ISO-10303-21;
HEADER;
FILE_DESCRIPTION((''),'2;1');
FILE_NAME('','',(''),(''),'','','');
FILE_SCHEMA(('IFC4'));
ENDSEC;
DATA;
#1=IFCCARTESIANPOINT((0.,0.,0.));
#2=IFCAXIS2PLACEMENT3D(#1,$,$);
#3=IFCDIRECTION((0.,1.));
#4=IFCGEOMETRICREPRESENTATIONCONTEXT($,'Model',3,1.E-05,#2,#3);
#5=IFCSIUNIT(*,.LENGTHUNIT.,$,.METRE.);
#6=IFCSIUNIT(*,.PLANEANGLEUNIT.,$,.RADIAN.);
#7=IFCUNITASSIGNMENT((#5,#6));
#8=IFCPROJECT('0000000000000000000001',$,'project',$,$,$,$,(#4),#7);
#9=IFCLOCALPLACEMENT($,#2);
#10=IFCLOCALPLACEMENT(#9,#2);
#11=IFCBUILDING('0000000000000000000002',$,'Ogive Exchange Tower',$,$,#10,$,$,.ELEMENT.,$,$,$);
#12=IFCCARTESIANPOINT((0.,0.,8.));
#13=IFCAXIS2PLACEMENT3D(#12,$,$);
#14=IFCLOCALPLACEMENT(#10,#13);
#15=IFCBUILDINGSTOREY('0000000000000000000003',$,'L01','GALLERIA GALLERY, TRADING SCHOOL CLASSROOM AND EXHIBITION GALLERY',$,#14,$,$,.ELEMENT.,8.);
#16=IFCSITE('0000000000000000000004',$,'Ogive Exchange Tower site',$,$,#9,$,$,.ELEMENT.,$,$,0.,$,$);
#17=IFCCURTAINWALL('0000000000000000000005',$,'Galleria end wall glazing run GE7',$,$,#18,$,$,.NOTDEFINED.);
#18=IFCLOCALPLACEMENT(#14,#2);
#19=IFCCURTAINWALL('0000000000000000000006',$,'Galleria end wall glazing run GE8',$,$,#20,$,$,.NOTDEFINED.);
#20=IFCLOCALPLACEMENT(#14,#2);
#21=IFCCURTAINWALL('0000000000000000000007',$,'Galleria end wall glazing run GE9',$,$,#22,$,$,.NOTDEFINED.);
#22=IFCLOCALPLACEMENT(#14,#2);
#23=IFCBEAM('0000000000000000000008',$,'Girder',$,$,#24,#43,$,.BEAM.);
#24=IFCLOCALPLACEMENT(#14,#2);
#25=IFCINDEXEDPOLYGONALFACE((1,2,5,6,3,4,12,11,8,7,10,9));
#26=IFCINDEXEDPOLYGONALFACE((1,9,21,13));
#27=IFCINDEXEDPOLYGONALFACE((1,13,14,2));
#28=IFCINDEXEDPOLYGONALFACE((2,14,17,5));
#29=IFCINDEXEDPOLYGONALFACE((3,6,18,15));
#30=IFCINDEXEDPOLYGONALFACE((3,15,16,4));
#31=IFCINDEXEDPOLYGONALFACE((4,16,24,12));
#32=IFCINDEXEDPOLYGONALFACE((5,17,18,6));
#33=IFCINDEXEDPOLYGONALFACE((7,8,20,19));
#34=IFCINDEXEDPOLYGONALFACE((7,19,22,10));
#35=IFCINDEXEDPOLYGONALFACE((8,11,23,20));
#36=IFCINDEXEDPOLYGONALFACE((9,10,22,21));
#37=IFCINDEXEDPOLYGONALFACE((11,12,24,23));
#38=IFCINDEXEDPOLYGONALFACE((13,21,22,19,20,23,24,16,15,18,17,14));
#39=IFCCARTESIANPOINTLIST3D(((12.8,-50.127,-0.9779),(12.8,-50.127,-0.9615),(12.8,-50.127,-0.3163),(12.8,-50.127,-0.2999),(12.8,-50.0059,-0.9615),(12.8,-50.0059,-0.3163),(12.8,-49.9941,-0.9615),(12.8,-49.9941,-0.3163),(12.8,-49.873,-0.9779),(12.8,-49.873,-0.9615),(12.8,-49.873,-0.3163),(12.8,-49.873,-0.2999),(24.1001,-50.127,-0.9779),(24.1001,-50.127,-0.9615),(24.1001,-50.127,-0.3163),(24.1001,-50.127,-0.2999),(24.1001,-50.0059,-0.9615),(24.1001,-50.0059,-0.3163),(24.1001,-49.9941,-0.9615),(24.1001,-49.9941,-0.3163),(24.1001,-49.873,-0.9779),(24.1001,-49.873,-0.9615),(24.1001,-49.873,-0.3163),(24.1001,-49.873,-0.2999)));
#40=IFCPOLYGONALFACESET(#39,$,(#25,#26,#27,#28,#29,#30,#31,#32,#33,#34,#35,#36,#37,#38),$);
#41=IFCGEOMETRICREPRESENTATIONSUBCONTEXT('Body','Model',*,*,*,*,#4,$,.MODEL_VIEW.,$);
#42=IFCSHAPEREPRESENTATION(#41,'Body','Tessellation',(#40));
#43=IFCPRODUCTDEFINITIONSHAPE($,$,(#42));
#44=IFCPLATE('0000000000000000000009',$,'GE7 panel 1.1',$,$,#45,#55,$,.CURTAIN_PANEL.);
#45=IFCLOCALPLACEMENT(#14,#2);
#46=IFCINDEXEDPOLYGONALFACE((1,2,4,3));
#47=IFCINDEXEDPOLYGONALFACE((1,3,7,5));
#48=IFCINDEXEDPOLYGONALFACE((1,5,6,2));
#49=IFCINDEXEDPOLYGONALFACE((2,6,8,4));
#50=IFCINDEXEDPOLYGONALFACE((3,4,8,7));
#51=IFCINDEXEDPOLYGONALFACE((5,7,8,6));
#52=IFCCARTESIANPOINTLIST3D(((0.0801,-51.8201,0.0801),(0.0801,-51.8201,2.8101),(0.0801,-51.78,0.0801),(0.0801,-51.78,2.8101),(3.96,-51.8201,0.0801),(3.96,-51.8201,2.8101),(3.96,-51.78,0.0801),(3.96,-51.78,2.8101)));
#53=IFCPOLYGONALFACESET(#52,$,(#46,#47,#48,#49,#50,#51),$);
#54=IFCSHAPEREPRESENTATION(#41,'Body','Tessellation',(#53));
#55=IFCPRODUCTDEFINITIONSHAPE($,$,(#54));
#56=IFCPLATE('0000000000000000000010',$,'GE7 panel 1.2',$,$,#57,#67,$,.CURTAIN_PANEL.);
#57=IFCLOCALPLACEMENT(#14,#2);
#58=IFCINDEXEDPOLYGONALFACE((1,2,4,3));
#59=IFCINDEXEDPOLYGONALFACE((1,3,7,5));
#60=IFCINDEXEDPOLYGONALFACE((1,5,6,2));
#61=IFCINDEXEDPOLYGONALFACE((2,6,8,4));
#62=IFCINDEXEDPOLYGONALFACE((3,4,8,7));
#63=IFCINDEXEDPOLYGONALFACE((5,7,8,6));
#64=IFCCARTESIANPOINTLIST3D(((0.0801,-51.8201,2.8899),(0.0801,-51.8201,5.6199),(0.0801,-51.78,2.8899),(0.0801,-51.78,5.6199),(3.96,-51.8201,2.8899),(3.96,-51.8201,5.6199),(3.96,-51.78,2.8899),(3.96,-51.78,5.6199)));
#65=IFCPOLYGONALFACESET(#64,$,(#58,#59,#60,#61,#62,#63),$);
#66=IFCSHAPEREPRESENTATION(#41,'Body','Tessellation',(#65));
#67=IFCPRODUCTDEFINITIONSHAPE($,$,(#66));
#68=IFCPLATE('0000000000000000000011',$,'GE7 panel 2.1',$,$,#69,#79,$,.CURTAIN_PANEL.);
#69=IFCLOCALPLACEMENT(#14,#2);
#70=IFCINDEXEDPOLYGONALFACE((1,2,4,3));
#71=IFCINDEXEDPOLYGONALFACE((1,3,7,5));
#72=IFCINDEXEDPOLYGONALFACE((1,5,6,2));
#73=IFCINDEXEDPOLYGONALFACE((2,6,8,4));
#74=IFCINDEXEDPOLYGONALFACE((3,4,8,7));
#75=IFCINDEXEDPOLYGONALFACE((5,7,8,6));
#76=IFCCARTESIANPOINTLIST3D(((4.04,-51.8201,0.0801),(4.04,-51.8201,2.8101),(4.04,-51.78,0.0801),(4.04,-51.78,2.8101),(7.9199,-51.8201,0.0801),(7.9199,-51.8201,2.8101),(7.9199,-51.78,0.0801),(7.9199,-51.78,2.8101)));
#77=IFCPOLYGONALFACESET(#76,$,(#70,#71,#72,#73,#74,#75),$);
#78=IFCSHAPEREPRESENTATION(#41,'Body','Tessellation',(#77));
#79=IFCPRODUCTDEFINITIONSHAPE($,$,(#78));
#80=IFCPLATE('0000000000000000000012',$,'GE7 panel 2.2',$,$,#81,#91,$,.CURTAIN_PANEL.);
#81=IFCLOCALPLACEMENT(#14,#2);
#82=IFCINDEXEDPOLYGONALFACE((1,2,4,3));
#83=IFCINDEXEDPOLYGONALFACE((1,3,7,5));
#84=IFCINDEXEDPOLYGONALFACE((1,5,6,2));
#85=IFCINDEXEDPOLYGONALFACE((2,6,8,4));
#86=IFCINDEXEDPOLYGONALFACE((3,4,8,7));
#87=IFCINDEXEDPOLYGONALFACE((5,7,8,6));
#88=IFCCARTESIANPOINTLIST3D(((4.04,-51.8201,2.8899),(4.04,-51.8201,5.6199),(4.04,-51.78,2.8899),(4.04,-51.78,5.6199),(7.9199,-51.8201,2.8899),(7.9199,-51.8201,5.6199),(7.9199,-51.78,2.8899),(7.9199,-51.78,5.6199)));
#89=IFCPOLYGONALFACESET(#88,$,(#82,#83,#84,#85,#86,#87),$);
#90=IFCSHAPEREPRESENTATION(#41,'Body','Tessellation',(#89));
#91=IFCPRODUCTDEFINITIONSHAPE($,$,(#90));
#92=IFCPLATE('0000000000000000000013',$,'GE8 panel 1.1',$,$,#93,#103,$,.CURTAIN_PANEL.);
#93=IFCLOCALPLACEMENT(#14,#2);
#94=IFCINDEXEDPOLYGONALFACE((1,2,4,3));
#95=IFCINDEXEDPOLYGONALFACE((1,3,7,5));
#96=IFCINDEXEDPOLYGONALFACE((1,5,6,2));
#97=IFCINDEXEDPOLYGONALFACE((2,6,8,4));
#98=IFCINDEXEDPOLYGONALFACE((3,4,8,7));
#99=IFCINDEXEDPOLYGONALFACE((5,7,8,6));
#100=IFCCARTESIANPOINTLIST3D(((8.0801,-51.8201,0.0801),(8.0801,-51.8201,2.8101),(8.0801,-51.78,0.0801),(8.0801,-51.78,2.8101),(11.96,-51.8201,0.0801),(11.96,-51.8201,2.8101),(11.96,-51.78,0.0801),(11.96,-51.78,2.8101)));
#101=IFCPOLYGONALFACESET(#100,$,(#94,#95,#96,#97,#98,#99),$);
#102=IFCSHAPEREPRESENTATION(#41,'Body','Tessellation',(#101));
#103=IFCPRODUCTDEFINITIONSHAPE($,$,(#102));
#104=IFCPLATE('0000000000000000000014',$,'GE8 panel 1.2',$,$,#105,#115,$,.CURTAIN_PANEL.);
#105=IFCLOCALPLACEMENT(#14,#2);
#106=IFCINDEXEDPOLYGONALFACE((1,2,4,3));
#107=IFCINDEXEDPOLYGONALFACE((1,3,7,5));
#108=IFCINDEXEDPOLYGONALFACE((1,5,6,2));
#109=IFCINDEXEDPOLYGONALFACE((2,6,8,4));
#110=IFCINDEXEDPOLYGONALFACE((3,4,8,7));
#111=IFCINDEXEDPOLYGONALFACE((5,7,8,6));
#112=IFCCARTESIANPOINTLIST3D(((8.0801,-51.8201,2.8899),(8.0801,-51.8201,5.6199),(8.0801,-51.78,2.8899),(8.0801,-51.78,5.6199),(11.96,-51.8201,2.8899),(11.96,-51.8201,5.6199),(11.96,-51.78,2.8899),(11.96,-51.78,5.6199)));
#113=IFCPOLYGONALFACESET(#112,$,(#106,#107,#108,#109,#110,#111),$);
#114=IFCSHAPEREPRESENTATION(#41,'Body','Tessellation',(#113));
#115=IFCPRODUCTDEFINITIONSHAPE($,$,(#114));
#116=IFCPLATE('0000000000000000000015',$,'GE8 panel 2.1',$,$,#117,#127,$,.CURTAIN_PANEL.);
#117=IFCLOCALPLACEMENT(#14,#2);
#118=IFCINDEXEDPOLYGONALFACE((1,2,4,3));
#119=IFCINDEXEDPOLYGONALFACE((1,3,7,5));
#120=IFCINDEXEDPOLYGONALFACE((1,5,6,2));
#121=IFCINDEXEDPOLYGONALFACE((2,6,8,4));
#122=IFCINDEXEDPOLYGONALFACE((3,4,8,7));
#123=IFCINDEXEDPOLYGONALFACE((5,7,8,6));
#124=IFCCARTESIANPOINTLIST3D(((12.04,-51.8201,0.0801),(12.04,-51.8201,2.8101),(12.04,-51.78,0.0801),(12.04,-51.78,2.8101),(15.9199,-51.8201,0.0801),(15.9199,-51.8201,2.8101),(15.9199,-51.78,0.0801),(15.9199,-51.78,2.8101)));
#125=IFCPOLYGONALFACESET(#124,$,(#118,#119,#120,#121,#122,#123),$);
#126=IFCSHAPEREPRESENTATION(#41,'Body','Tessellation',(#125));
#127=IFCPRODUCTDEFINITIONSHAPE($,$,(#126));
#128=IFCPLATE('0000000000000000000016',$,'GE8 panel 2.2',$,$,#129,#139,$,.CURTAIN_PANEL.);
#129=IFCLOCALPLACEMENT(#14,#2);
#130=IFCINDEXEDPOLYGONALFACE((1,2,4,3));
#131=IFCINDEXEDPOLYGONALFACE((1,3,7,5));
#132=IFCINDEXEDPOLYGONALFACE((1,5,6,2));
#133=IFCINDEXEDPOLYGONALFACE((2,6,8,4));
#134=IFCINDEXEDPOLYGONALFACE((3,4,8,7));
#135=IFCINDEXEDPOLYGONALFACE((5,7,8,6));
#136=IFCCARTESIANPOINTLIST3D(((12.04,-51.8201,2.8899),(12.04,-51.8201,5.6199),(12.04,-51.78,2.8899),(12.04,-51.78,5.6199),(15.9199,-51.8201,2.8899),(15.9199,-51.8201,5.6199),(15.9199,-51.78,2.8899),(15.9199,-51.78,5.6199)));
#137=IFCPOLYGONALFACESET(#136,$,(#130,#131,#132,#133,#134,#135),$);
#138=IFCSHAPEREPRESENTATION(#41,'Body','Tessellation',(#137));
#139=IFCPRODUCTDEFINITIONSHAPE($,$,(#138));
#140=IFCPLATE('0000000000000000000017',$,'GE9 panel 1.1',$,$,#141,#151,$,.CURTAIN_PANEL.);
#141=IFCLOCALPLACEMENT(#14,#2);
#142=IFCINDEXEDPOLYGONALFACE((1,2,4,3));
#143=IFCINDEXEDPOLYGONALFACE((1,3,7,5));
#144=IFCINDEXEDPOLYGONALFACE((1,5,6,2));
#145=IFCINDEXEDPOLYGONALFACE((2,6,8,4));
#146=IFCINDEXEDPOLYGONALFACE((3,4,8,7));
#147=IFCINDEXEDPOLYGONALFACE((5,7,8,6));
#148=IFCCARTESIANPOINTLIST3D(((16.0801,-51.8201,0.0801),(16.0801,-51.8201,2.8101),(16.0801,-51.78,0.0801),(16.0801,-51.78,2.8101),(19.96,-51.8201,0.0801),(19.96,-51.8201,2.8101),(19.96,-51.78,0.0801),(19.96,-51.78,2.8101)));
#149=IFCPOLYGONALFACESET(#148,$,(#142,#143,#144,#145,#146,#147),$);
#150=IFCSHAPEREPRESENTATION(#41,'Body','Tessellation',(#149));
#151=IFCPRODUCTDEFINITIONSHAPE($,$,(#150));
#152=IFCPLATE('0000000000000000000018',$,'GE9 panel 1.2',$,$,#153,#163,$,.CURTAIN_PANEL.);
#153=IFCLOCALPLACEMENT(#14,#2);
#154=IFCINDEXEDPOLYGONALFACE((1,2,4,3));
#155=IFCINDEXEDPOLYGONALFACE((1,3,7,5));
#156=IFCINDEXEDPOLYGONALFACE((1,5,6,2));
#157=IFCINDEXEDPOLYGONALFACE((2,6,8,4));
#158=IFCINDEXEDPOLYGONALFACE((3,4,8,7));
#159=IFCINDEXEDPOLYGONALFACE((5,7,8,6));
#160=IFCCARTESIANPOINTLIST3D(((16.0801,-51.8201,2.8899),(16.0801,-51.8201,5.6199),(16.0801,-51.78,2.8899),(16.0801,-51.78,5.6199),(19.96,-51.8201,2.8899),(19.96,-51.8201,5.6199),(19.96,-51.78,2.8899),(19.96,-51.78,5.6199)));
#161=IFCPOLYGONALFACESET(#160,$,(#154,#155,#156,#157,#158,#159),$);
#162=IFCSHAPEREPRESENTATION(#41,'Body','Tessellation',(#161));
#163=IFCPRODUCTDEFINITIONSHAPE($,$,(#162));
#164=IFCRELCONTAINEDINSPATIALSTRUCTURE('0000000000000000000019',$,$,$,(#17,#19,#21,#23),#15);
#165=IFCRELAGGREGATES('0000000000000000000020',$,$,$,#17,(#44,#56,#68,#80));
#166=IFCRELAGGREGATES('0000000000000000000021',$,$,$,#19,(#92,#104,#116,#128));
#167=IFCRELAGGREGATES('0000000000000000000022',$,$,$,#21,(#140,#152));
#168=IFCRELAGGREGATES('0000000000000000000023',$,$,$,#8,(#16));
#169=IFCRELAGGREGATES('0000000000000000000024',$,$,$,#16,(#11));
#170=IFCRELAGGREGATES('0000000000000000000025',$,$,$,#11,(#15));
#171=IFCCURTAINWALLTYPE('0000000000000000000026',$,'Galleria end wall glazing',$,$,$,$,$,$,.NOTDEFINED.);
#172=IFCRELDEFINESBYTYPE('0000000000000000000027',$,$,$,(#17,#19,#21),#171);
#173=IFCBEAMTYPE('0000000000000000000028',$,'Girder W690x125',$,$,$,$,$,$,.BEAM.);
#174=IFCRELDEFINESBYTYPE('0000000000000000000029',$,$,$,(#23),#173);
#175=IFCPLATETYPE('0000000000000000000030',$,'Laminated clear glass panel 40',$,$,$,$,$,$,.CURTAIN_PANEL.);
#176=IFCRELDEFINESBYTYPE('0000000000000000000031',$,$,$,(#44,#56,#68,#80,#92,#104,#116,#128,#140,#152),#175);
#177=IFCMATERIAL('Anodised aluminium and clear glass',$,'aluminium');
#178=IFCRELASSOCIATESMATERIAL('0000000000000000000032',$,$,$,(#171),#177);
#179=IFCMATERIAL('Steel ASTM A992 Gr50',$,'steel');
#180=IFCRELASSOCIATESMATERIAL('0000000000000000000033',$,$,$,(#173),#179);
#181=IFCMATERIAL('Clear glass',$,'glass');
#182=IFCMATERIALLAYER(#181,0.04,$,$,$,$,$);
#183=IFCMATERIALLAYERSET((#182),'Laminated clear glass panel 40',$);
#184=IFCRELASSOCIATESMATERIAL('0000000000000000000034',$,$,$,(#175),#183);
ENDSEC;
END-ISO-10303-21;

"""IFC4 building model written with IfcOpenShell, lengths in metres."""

from ifc_helpers import new_model, si_unit, direction, frame, origin, origin_2d, place, context, subcontext, project, spatial, rectangle, i_section, extrude, material, layer, layer_set, material_profile, profile_set, type_object, element, aggregate, save


model = new_model("IFC4")

# Units and contexts
model_context = context("Model", 3, precision=1e-05, world=origin(), true_north=direction((0.0, 1.0)))
body_context = subcontext(model_context, "Body", "Model", "MODEL_VIEW")
ifc_project = project(units=[si_unit("LENGTHUNIT", "METRE"), si_unit("PLANEANGLEUNIT", "RADIAN")], contexts=[model_context])

# Site, building, storey
site_placement = place(None, origin())
site = spatial("IfcSite", under=ifc_project, at=site_placement, Name="Ogive Exchange Tower site", CompositionType="ELEMENT", RefElevation=0.0)
building_placement = place(site_placement, origin())
building = spatial("IfcBuilding", under=site, at=building_placement, Name="Ogive Exchange Tower", CompositionType="ELEMENT")
storey_placement = place(building_placement, frame((0.0, 0.0, 8.0)))
storey = spatial("IfcBuildingStorey", under=building, at=storey_placement, Name="L01", Description="GALLERIA GALLERY, TRADING SCHOOL CLASSROOM AND EXHIBITION GALLERY", CompositionType="ELEMENT", Elevation=8.0)

# Curtain walls
ifc_material_1 = material(Name="Anodised aluminium and clear glass", Category="aluminium")
curtain_wall_type = type_object("IfcCurtainWallType", Name="Galleria end wall glazing", PredefinedType="NOTDEFINED", material=ifc_material_1)
curtain_wall_1_placement = place(storey_placement, origin())
curtain_wall_1 = element("IfcCurtainWall", 1, at=curtain_wall_1_placement, inside=storey, type_object=curtain_wall_type, Name="Galleria end wall glazing run GE7", PredefinedType="NOTDEFINED")
curtain_wall_2_placement = place(storey_placement, origin())
curtain_wall_2 = element("IfcCurtainWall", 2, at=curtain_wall_2_placement, inside=storey, type_object=curtain_wall_type, Name="Galleria end wall glazing run GE8", PredefinedType="NOTDEFINED")
curtain_wall_3_placement = place(storey_placement, origin())
curtain_wall_3 = element("IfcCurtainWall", 3, at=curtain_wall_3_placement, inside=storey, type_object=curtain_wall_type, Name="Galleria end wall glazing run GE9", PredefinedType="NOTDEFINED")

# Beam
ifc_material_2 = material(Name="Steel ASTM A992 Gr50", Category="steel")
ifc_material_profile_1 = material_profile(ifc_material_2, i_section(OverallWidth=0.2539, OverallDepth=0.678, WebThickness=0.0117, FlangeThickness=0.0164, at=origin_2d()), Name="W690x125")
ifc_profile_set_1 = profile_set([ifc_material_profile_1], Name="Steel ASTM A992 Gr50")
beam_type = type_object("IfcBeamType", Name="Girder W690x125", PredefinedType="BEAM", material=ifc_profile_set_1)
for number, where, z_axis, x_axis, name in (
    (4, (12.8, -50.0, -0.6389), (1.0, 0.0, 0.0), (0.0, 1.0, 0.0), "Girder"),
):
    element("IfcBeam", number, at=place(storey_placement, frame(where, z_axis=z_axis, x_axis=x_axis)), inside=storey, type_object=beam_type, Name=name, PredefinedType="BEAM", context=body_context, shape_type="SweptSolid", body=[
        extrude(i_section(OverallWidth=0.2539, OverallDepth=0.678, WebThickness=0.0117, FlangeThickness=0.0164, at=origin_2d()), origin(), (0.0, 0.0, 1.0), 11.3),
    ])

# Plates
ifc_material_3 = material(Name="Clear glass", Category="glass")
ifc_layer = layer(ifc_material_3, 0.04)
ifc_layer_set = layer_set([ifc_layer], Name="Laminated clear glass panel 40")
plate_type = type_object("IfcPlateType", Name="Laminated clear glass panel 40", PredefinedType="CURTAIN_PANEL", material=ifc_layer_set)
plate_1_placement = place(storey_placement, frame((2.02, -51.8, 0.0801), z_axis=(0.0, 0.0, 1.0), x_axis=(1.0, 0.0, 0.0)))
plate_1 = element("IfcPlate", 5, at=plate_1_placement, type_object=plate_type, Name="GE7 panel 1.1", PredefinedType="CURTAIN_PANEL", context=body_context, shape_type="SweptSolid", body=[
    extrude(rectangle(XDim=3.8799, YDim=0.04, at=origin_2d()), origin(), (0.0, 0.0, 1.0), 2.73),
])
plate_2_placement = place(storey_placement, frame((2.02, -51.8, 2.8899), z_axis=(0.0, 0.0, 1.0), x_axis=(1.0, 0.0, 0.0)))
plate_2 = element("IfcPlate", 6, at=plate_2_placement, type_object=plate_type, Name="GE7 panel 1.2", PredefinedType="CURTAIN_PANEL", context=body_context, shape_type="SweptSolid", body=[
    extrude(rectangle(XDim=3.8799, YDim=0.04, at=origin_2d()), origin(), (0.0, 0.0, 1.0), 2.73),
])
plate_3_placement = place(storey_placement, frame((5.98, -51.8, 0.0801), z_axis=(0.0, 0.0, 1.0), x_axis=(1.0, 0.0, 0.0)))
plate_3 = element("IfcPlate", 7, at=plate_3_placement, type_object=plate_type, Name="GE7 panel 2.1", PredefinedType="CURTAIN_PANEL", context=body_context, shape_type="SweptSolid", body=[
    extrude(rectangle(XDim=3.8799, YDim=0.04, at=origin_2d()), origin(), (0.0, 0.0, 1.0), 2.73),
])
plate_4_placement = place(storey_placement, frame((5.98, -51.8, 2.8899), z_axis=(0.0, 0.0, 1.0), x_axis=(1.0, 0.0, 0.0)))
plate_4 = element("IfcPlate", 8, at=plate_4_placement, type_object=plate_type, Name="GE7 panel 2.2", PredefinedType="CURTAIN_PANEL", context=body_context, shape_type="SweptSolid", body=[
    extrude(rectangle(XDim=3.8799, YDim=0.04, at=origin_2d()), origin(), (0.0, 0.0, 1.0), 2.73),
])
aggregate(curtain_wall_1, [plate_1, plate_2, plate_3, plate_4])
plate_5_placement = place(storey_placement, frame((10.02, -51.8, 0.0801), z_axis=(0.0, 0.0, 1.0), x_axis=(1.0, 0.0, 0.0)))
plate_5 = element("IfcPlate", 9, at=plate_5_placement, type_object=plate_type, Name="GE8 panel 1.1", PredefinedType="CURTAIN_PANEL", context=body_context, shape_type="SweptSolid", body=[
    extrude(rectangle(XDim=3.8799, YDim=0.04, at=origin_2d()), origin(), (0.0, 0.0, 1.0), 2.73),
])
plate_6_placement = place(storey_placement, frame((10.02, -51.8, 2.8899), z_axis=(0.0, 0.0, 1.0), x_axis=(1.0, 0.0, 0.0)))
plate_6 = element("IfcPlate", 10, at=plate_6_placement, type_object=plate_type, Name="GE8 panel 1.2", PredefinedType="CURTAIN_PANEL", context=body_context, shape_type="SweptSolid", body=[
    extrude(rectangle(XDim=3.8799, YDim=0.04, at=origin_2d()), origin(), (0.0, 0.0, 1.0), 2.73),
])
plate_7_placement = place(storey_placement, frame((13.98, -51.8, 0.0801), z_axis=(0.0, 0.0, 1.0), x_axis=(1.0, 0.0, 0.0)))
plate_7 = element("IfcPlate", 11, at=plate_7_placement, type_object=plate_type, Name="GE8 panel 2.1", PredefinedType="CURTAIN_PANEL", context=body_context, shape_type="SweptSolid", body=[
    extrude(rectangle(XDim=3.8799, YDim=0.04, at=origin_2d()), origin(), (0.0, 0.0, 1.0), 2.73),
])
plate_8_placement = place(storey_placement, frame((13.98, -51.8, 2.8899), z_axis=(0.0, 0.0, 1.0), x_axis=(1.0, 0.0, 0.0)))
plate_8 = element("IfcPlate", 12, at=plate_8_placement, type_object=plate_type, Name="GE8 panel 2.2", PredefinedType="CURTAIN_PANEL", context=body_context, shape_type="SweptSolid", body=[
    extrude(rectangle(XDim=3.8799, YDim=0.04, at=origin_2d()), origin(), (0.0, 0.0, 1.0), 2.73),
])
aggregate(curtain_wall_2, [plate_5, plate_6, plate_7, plate_8])
plate_9_placement = place(storey_placement, frame((18.02, -51.8, 0.0801), z_axis=(0.0, 0.0, 1.0), x_axis=(1.0, 0.0, 0.0)))
plate_9 = element("IfcPlate", 13, at=plate_9_placement, type_object=plate_type, Name="GE9 panel 1.1", PredefinedType="CURTAIN_PANEL", context=body_context, shape_type="SweptSolid", body=[
    extrude(rectangle(XDim=3.8799, YDim=0.04, at=origin_2d()), origin(), (0.0, 0.0, 1.0), 2.73),
])
plate_10_placement = place(storey_placement, frame((18.02, -51.8, 2.8899), z_axis=(0.0, 0.0, 1.0), x_axis=(1.0, 0.0, 0.0)))
plate_10 = element("IfcPlate", 14, at=plate_10_placement, type_object=plate_type, Name="GE9 panel 1.2", PredefinedType="CURTAIN_PANEL", context=body_context, shape_type="SweptSolid", body=[
    extrude(rectangle(XDim=3.8799, YDim=0.04, at=origin_2d()), origin(), (0.0, 0.0, 1.0), 2.73),
])
aggregate(curtain_wall_3, [plate_9, plate_10])

save(model, "model.ifc")
